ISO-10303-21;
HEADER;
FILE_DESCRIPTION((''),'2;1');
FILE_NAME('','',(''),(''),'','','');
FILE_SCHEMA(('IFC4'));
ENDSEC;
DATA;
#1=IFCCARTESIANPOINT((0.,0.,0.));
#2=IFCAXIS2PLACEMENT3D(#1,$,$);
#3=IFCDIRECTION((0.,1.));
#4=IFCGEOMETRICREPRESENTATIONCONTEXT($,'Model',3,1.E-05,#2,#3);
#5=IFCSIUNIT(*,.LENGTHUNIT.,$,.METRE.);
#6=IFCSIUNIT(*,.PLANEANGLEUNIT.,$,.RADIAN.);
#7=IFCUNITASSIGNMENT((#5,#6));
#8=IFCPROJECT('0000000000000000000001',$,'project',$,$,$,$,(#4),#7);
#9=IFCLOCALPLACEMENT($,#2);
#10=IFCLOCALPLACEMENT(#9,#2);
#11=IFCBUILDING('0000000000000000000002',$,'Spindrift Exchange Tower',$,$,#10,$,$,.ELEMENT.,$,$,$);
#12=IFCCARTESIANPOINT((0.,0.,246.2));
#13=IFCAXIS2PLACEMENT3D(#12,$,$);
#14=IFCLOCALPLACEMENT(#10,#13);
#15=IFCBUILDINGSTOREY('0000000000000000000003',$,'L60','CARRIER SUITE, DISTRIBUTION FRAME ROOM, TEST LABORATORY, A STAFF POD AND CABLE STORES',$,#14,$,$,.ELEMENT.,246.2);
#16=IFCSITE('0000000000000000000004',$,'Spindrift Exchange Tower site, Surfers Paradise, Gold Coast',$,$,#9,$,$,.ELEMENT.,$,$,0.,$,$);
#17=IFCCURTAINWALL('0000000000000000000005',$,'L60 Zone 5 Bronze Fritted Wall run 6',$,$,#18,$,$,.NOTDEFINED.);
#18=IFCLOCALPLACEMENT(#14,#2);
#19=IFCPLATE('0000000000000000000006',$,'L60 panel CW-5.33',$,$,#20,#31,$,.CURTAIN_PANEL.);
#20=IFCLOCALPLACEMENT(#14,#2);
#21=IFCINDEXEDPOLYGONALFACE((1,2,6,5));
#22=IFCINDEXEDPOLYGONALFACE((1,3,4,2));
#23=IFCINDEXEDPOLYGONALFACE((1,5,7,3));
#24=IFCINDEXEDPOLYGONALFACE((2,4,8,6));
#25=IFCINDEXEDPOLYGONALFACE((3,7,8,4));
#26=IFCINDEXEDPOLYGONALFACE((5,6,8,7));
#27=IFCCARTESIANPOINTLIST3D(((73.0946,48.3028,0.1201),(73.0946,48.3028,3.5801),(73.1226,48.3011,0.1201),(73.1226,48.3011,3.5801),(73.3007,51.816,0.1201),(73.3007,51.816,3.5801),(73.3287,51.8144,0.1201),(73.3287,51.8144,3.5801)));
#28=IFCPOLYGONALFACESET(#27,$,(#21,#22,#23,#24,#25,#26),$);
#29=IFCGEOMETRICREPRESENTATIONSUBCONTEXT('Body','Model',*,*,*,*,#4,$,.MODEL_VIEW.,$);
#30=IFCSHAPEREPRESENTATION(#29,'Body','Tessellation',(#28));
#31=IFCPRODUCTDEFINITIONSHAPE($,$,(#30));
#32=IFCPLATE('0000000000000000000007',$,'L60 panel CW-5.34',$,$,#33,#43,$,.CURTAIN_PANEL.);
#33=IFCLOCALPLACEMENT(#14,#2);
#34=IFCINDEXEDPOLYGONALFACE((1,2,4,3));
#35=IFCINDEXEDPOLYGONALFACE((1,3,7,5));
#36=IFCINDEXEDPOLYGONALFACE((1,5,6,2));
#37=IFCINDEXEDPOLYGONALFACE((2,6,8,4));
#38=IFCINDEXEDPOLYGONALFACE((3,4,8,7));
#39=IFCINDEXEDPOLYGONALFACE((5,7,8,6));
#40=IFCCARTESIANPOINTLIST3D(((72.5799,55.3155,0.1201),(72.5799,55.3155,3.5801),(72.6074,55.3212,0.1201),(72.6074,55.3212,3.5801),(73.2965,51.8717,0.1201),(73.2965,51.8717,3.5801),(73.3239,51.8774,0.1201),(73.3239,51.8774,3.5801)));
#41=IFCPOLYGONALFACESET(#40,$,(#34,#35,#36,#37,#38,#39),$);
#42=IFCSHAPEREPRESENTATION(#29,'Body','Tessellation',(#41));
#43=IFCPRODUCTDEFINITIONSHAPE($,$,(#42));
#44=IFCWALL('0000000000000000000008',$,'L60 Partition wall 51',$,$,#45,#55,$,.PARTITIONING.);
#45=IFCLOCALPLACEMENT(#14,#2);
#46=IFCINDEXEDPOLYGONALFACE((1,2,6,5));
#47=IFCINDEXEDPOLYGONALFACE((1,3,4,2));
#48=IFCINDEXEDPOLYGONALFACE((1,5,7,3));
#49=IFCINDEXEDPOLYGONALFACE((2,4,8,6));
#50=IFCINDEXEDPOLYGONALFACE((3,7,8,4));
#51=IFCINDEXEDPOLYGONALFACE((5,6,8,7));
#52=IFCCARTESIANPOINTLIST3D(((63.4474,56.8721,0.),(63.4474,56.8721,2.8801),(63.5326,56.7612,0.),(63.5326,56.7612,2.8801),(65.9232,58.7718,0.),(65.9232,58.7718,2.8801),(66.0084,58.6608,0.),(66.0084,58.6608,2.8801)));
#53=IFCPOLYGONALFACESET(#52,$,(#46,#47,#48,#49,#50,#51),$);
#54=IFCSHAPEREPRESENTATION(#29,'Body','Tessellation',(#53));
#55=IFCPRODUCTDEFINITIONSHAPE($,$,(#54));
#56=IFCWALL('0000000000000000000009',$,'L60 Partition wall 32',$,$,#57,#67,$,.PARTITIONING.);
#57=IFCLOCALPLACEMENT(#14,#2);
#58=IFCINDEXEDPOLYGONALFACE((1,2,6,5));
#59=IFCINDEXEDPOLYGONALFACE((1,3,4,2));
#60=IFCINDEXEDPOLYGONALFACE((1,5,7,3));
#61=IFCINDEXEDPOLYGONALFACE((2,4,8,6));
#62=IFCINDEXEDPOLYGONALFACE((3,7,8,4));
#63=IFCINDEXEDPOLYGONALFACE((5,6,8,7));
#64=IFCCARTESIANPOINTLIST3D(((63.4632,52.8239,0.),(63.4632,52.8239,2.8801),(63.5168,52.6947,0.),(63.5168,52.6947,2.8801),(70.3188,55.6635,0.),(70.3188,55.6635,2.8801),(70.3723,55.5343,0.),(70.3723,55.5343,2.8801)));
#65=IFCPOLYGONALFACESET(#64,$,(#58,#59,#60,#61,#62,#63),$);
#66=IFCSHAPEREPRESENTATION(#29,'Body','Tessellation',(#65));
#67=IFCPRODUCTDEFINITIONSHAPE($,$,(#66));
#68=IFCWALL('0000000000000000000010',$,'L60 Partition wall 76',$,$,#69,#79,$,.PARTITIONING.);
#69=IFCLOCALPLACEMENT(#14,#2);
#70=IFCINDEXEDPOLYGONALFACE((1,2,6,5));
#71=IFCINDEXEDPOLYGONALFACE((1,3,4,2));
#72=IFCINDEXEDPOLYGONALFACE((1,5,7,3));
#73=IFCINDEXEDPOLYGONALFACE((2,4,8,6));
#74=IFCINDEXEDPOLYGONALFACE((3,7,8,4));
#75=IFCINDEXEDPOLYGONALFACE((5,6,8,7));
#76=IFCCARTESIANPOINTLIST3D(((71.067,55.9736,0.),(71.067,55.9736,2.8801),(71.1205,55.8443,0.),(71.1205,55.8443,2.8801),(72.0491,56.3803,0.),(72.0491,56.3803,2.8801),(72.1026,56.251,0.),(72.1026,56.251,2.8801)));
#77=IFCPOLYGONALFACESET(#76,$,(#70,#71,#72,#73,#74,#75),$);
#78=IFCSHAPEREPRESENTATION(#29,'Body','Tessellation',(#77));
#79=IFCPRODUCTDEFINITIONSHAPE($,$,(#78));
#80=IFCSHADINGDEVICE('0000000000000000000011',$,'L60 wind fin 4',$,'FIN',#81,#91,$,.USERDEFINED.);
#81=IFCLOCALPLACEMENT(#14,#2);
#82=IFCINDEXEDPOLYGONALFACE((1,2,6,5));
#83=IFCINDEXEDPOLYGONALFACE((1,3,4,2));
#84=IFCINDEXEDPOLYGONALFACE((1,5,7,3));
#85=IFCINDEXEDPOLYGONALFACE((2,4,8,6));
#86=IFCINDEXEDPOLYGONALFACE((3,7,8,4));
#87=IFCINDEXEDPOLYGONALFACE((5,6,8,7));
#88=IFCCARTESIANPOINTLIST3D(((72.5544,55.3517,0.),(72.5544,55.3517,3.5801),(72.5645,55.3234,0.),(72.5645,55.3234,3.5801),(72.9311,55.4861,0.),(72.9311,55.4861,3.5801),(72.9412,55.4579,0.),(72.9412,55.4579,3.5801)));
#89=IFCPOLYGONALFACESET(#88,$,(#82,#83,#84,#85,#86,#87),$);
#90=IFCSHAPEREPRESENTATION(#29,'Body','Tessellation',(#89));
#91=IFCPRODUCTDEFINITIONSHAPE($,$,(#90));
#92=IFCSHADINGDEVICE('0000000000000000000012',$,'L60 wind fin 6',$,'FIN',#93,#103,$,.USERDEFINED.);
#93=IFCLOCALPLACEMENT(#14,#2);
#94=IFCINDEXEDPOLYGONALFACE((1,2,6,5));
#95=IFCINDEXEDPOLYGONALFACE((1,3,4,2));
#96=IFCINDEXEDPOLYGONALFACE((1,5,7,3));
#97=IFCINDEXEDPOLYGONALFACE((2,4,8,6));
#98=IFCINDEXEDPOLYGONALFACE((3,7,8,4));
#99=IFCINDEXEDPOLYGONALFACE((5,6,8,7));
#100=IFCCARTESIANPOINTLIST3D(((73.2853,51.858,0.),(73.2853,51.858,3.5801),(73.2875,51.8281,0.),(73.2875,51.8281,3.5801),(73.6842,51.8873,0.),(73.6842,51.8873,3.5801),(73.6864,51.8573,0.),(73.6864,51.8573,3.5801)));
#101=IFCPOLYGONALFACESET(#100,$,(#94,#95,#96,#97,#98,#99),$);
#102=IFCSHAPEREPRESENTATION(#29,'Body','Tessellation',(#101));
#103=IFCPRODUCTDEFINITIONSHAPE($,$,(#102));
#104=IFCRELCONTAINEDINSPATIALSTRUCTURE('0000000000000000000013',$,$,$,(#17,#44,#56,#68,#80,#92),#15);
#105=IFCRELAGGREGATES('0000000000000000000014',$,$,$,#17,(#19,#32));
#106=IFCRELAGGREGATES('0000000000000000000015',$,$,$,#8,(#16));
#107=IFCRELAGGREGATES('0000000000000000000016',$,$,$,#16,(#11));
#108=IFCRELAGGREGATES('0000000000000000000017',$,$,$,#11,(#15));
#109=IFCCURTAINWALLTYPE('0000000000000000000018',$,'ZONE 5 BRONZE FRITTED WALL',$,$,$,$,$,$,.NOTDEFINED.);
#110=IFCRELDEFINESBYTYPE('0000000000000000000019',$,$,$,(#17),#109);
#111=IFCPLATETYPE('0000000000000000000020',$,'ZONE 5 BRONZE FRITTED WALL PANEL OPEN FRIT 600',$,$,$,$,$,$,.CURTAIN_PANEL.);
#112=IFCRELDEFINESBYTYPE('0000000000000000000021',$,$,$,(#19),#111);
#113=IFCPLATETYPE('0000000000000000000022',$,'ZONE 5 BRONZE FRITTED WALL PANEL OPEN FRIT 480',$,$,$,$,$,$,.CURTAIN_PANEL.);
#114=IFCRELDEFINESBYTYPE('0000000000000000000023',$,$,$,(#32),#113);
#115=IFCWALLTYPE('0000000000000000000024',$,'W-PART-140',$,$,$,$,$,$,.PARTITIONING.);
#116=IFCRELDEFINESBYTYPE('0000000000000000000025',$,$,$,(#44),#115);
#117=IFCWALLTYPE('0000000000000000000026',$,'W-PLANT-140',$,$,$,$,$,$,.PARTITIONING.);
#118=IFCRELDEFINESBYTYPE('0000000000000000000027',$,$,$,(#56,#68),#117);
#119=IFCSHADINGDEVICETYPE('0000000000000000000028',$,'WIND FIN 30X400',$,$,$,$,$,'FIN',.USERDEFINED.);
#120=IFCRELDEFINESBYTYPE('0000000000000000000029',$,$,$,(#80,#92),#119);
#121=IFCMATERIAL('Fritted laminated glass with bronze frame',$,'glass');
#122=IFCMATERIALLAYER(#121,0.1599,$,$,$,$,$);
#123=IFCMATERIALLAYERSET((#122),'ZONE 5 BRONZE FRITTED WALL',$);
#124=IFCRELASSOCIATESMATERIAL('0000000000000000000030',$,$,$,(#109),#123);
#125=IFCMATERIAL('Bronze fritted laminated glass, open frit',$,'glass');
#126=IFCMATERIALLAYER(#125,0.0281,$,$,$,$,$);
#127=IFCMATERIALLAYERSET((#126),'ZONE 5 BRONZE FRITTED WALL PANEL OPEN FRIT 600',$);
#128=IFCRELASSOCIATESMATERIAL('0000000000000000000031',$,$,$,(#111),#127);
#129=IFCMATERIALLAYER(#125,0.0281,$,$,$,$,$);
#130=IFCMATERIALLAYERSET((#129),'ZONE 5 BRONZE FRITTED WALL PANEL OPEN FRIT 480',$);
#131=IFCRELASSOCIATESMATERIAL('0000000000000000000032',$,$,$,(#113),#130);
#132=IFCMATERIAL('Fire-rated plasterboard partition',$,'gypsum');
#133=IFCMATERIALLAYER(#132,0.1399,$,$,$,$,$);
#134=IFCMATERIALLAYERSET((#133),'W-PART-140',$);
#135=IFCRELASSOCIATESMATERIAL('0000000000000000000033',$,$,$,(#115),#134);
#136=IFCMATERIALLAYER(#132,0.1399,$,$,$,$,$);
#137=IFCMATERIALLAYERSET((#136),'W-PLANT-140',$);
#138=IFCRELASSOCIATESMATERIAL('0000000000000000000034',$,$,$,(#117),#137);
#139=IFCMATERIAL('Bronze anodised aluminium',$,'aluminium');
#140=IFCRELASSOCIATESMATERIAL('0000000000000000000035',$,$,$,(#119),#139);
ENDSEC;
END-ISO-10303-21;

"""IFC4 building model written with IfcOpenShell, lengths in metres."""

from ifc_helpers import new_model, si_unit, direction, frame, frame_2d, origin, origin_2d, place, context, subcontext, project, spatial, rectangle, extrude, source, transform, mapped, material, layer, layer_set, material_profile, profile_set, type_object, element, aggregate, save


model = new_model("IFC4")

# Units and contexts
model_context = context("Model", 3, precision=1e-05, world=origin(), true_north=direction((0.0, 1.0)))
body_context = subcontext(model_context, "Body", "Model", "MODEL_VIEW")
ifc_project = project(units=[si_unit("LENGTHUNIT", "METRE"), si_unit("PLANEANGLEUNIT", "RADIAN")], contexts=[model_context])

# Site, building, storey
site_placement = place(None, origin())
site = spatial("IfcSite", under=ifc_project, at=site_placement, Name="Spindrift Exchange Tower site, Surfers Paradise, Gold Coast", CompositionType="ELEMENT", RefElevation=0.0)
building_placement = place(site_placement, origin())
building = spatial("IfcBuilding", under=site, at=building_placement, Name="Spindrift Exchange Tower", CompositionType="ELEMENT")
storey_placement = place(building_placement, frame((0.0, 0.0, 246.2)))
storey = spatial("IfcBuildingStorey", under=building, at=storey_placement, Name="L60", Description="CARRIER SUITE, DISTRIBUTION FRAME ROOM, TEST LABORATORY, A STAFF POD AND CABLE STORES", CompositionType="ELEMENT", Elevation=246.2)

# Shared definitions
ifc_material_1 = material(Name="Fritted laminated glass with bronze frame", Category="glass")
ifc_layer_1 = layer(ifc_material_1, 0.1599)
ifc_layer_set_1 = layer_set([ifc_layer_1], Name="ZONE 5 BRONZE FRITTED WALL")
curtain_wall_type = type_object("IfcCurtainWallType", Name="ZONE 5 BRONZE FRITTED WALL", PredefinedType="NOTDEFINED", material=ifc_layer_set_1)
ifc_material_2 = material(Name="Bronze anodised aluminium", Category="aluminium")

# Curtain wall
curtain_wall_1_placement = place(storey_placement, origin())
curtain_wall_1 = element("IfcCurtainWall", 1, at=curtain_wall_1_placement, inside=storey, type_object=curtain_wall_type, Name="L60 Zone 5 Bronze Fritted Wall run 6", PredefinedType="NOTDEFINED")

# Plates
ifc_material_3 = material(Name="Bronze fritted laminated glass, open frit", Category="glass")
ifc_layer_2 = layer(ifc_material_3, 0.0281)
ifc_layer_set_2 = layer_set([ifc_layer_2], Name="ZONE 5 BRONZE FRITTED WALL PANEL OPEN FRIT 600")
plate_type_1 = type_object("IfcPlateType", Name="ZONE 5 BRONZE FRITTED WALL PANEL OPEN FRIT 600", PredefinedType="CURTAIN_PANEL", material=ifc_layer_set_2)
shared_shape_1 = source(origin(), body_context, "Body", "SweptSolid", [
    extrude(rectangle(XDim=3.5193, YDim=0.0281, at=origin_2d()), origin(), (0.0, 0.0, 1.0), 3.46),
])
plate_1_placement = place(storey_placement, frame((73.2117, 50.0586, 0.1201), z_axis=(0.0, 0.0, 1.0), x_axis=(0.058561, 0.998284, 0.0)))
plate_1 = element("IfcPlate", 2, at=plate_1_placement, type_object=plate_type_1, Name="L60 panel CW-5.33", PredefinedType="CURTAIN_PANEL", context=body_context, shape_type="MappedRepresentation", body=[
    mapped(shared_shape_1, transform((0.0, 0.0, 0.0), scale=1.0)),
])
ifc_layer_3 = layer(ifc_material_3, 0.0281)
ifc_layer_set_3 = layer_set([ifc_layer_3], Name="ZONE 5 BRONZE FRITTED WALL PANEL OPEN FRIT 480")
plate_type_2 = type_object("IfcPlateType", Name="ZONE 5 BRONZE FRITTED WALL PANEL OPEN FRIT 480", PredefinedType="CURTAIN_PANEL", material=ifc_layer_set_3)
shared_shape_2 = source(origin(), body_context, "Body", "SweptSolid", [
    extrude(rectangle(XDim=3.5176, YDim=0.0281, at=origin_2d()), origin(), (0.0, 0.0, 1.0), 3.46),
])
plate_2_placement = place(storey_placement, frame((72.9519, 53.5964, 0.1201), z_axis=(0.0, 0.0, 1.0), x_axis=(-0.203717, 0.97903, 0.0)))
plate_2 = element("IfcPlate", 3, at=plate_2_placement, type_object=plate_type_2, Name="L60 panel CW-5.34", PredefinedType="CURTAIN_PANEL", context=body_context, shape_type="MappedRepresentation", body=[
    mapped(shared_shape_2, transform((0.0, 0.0, 0.0), scale=1.0)),
])
aggregate(curtain_wall_1, [plate_1, plate_2])

# Walls
ifc_material_4 = material(Name="Fire-rated plasterboard partition", Category="gypsum")
ifc_layer_4 = layer(ifc_material_4, 0.1399)
ifc_layer_set_4 = layer_set([ifc_layer_4], Name="W-PART-140")
wall_type_1 = type_object("IfcWallType", Name="W-PART-140", PredefinedType="PARTITIONING", material=ifc_layer_set_4)
wall_1_placement = place(storey_placement, frame((63.49, 56.8167, 0.0), z_axis=(0.0, 0.0, 1.0), x_axis=(0.793371, 0.608739, 0.0)))
element("IfcWall", 4, at=wall_1_placement, inside=storey, type_object=wall_type_1, Name="L60 Partition wall 51", PredefinedType="PARTITIONING", context=body_context, shape_type="SweptSolid", body=[
    extrude(rectangle(XDim=3.1206, YDim=0.1399, at=frame_2d((1.5603, 0.0))), origin(), (0.0, 0.0, 1.0), 2.8801),
])
ifc_layer_5 = layer(ifc_material_4, 0.1399)
ifc_layer_set_5 = layer_set([ifc_layer_5], Name="W-PLANT-140")
wall_type_2 = type_object("IfcWallType", Name="W-PLANT-140", PredefinedType="PARTITIONING", material=ifc_layer_set_5)
wall_2_placement = place(storey_placement, frame((63.49, 52.7593, 0.0), z_axis=(0.0, 0.0, 1.0), x_axis=(0.923881, 0.38268, 0.0)))
element("IfcWall", 5, at=wall_2_placement, inside=storey, type_object=wall_type_2, Name="L60 Partition wall 32", PredefinedType="PARTITIONING", context=body_context, shape_type="SweptSolid", body=[
    extrude(rectangle(XDim=7.4204, YDim=0.1399, at=frame_2d((3.7102, 0.0))), origin(), (0.0, 0.0, 1.0), 2.8801),
])
wall_3_placement = place(storey_placement, frame((71.0938, 55.9089, 0.0), z_axis=(0.0, 0.0, 1.0), x_axis=(0.92391, 0.382609, 0.0)))
element("IfcWall", 6, at=wall_3_placement, inside=storey, type_object=wall_type_2, Name="L60 Partition wall 76", PredefinedType="PARTITIONING", context=body_context, shape_type="SweptSolid", body=[
    extrude(rectangle(XDim=1.063, YDim=0.1399, at=frame_2d((0.5315, 0.0))), origin(), (0.0, 0.0, 1.0), 2.8801),
])

# Shading devices
ifc_material_profile_1 = material_profile(ifc_material_2, rectangle(XDim=0.03, YDim=0.3999, at=origin_2d()), Name="WIND FIN 30X400")
ifc_profile_set_1 = profile_set([ifc_material_profile_1], Name="Bronze anodised aluminium")
shading_device_type = type_object("IfcShadingDeviceType", Name="WIND FIN 30X400", ElementType="FIN", PredefinedType="USERDEFINED", material=ifc_profile_set_1)
shared_shape_3 = source(origin(), body_context, "Body", "SweptSolid", [
    extrude(rectangle(XDim=0.03, YDim=0.3999, at=origin_2d()), origin(), (0.0, 0.0, 1.0), 3.5801),
])
for number, where, z_axis, x_axis, name in (
    (7, (72.7478, 55.4048, 0.0), (0.0, 0.0, 1.0), (-0.336132, 0.941815, 0.0), "L60 wind fin 4"),
    (8, (73.4858, 51.8577, 0.0), (0.0, 0.0, 1.0), (-0.073214, 0.997316, 0.0), "L60 wind fin 6"),
):
    element("IfcShadingDevice", number, at=place(storey_placement, frame(where, z_axis=z_axis, x_axis=x_axis)), inside=storey, type_object=shading_device_type, Name=name, ObjectType="FIN", PredefinedType="USERDEFINED", context=body_context, shape_type="MappedRepresentation", body=[
        mapped(shared_shape_3, transform((0.0, 0.0, 0.0), scale=1.0)),
    ])

save(model, "model.ifc")
